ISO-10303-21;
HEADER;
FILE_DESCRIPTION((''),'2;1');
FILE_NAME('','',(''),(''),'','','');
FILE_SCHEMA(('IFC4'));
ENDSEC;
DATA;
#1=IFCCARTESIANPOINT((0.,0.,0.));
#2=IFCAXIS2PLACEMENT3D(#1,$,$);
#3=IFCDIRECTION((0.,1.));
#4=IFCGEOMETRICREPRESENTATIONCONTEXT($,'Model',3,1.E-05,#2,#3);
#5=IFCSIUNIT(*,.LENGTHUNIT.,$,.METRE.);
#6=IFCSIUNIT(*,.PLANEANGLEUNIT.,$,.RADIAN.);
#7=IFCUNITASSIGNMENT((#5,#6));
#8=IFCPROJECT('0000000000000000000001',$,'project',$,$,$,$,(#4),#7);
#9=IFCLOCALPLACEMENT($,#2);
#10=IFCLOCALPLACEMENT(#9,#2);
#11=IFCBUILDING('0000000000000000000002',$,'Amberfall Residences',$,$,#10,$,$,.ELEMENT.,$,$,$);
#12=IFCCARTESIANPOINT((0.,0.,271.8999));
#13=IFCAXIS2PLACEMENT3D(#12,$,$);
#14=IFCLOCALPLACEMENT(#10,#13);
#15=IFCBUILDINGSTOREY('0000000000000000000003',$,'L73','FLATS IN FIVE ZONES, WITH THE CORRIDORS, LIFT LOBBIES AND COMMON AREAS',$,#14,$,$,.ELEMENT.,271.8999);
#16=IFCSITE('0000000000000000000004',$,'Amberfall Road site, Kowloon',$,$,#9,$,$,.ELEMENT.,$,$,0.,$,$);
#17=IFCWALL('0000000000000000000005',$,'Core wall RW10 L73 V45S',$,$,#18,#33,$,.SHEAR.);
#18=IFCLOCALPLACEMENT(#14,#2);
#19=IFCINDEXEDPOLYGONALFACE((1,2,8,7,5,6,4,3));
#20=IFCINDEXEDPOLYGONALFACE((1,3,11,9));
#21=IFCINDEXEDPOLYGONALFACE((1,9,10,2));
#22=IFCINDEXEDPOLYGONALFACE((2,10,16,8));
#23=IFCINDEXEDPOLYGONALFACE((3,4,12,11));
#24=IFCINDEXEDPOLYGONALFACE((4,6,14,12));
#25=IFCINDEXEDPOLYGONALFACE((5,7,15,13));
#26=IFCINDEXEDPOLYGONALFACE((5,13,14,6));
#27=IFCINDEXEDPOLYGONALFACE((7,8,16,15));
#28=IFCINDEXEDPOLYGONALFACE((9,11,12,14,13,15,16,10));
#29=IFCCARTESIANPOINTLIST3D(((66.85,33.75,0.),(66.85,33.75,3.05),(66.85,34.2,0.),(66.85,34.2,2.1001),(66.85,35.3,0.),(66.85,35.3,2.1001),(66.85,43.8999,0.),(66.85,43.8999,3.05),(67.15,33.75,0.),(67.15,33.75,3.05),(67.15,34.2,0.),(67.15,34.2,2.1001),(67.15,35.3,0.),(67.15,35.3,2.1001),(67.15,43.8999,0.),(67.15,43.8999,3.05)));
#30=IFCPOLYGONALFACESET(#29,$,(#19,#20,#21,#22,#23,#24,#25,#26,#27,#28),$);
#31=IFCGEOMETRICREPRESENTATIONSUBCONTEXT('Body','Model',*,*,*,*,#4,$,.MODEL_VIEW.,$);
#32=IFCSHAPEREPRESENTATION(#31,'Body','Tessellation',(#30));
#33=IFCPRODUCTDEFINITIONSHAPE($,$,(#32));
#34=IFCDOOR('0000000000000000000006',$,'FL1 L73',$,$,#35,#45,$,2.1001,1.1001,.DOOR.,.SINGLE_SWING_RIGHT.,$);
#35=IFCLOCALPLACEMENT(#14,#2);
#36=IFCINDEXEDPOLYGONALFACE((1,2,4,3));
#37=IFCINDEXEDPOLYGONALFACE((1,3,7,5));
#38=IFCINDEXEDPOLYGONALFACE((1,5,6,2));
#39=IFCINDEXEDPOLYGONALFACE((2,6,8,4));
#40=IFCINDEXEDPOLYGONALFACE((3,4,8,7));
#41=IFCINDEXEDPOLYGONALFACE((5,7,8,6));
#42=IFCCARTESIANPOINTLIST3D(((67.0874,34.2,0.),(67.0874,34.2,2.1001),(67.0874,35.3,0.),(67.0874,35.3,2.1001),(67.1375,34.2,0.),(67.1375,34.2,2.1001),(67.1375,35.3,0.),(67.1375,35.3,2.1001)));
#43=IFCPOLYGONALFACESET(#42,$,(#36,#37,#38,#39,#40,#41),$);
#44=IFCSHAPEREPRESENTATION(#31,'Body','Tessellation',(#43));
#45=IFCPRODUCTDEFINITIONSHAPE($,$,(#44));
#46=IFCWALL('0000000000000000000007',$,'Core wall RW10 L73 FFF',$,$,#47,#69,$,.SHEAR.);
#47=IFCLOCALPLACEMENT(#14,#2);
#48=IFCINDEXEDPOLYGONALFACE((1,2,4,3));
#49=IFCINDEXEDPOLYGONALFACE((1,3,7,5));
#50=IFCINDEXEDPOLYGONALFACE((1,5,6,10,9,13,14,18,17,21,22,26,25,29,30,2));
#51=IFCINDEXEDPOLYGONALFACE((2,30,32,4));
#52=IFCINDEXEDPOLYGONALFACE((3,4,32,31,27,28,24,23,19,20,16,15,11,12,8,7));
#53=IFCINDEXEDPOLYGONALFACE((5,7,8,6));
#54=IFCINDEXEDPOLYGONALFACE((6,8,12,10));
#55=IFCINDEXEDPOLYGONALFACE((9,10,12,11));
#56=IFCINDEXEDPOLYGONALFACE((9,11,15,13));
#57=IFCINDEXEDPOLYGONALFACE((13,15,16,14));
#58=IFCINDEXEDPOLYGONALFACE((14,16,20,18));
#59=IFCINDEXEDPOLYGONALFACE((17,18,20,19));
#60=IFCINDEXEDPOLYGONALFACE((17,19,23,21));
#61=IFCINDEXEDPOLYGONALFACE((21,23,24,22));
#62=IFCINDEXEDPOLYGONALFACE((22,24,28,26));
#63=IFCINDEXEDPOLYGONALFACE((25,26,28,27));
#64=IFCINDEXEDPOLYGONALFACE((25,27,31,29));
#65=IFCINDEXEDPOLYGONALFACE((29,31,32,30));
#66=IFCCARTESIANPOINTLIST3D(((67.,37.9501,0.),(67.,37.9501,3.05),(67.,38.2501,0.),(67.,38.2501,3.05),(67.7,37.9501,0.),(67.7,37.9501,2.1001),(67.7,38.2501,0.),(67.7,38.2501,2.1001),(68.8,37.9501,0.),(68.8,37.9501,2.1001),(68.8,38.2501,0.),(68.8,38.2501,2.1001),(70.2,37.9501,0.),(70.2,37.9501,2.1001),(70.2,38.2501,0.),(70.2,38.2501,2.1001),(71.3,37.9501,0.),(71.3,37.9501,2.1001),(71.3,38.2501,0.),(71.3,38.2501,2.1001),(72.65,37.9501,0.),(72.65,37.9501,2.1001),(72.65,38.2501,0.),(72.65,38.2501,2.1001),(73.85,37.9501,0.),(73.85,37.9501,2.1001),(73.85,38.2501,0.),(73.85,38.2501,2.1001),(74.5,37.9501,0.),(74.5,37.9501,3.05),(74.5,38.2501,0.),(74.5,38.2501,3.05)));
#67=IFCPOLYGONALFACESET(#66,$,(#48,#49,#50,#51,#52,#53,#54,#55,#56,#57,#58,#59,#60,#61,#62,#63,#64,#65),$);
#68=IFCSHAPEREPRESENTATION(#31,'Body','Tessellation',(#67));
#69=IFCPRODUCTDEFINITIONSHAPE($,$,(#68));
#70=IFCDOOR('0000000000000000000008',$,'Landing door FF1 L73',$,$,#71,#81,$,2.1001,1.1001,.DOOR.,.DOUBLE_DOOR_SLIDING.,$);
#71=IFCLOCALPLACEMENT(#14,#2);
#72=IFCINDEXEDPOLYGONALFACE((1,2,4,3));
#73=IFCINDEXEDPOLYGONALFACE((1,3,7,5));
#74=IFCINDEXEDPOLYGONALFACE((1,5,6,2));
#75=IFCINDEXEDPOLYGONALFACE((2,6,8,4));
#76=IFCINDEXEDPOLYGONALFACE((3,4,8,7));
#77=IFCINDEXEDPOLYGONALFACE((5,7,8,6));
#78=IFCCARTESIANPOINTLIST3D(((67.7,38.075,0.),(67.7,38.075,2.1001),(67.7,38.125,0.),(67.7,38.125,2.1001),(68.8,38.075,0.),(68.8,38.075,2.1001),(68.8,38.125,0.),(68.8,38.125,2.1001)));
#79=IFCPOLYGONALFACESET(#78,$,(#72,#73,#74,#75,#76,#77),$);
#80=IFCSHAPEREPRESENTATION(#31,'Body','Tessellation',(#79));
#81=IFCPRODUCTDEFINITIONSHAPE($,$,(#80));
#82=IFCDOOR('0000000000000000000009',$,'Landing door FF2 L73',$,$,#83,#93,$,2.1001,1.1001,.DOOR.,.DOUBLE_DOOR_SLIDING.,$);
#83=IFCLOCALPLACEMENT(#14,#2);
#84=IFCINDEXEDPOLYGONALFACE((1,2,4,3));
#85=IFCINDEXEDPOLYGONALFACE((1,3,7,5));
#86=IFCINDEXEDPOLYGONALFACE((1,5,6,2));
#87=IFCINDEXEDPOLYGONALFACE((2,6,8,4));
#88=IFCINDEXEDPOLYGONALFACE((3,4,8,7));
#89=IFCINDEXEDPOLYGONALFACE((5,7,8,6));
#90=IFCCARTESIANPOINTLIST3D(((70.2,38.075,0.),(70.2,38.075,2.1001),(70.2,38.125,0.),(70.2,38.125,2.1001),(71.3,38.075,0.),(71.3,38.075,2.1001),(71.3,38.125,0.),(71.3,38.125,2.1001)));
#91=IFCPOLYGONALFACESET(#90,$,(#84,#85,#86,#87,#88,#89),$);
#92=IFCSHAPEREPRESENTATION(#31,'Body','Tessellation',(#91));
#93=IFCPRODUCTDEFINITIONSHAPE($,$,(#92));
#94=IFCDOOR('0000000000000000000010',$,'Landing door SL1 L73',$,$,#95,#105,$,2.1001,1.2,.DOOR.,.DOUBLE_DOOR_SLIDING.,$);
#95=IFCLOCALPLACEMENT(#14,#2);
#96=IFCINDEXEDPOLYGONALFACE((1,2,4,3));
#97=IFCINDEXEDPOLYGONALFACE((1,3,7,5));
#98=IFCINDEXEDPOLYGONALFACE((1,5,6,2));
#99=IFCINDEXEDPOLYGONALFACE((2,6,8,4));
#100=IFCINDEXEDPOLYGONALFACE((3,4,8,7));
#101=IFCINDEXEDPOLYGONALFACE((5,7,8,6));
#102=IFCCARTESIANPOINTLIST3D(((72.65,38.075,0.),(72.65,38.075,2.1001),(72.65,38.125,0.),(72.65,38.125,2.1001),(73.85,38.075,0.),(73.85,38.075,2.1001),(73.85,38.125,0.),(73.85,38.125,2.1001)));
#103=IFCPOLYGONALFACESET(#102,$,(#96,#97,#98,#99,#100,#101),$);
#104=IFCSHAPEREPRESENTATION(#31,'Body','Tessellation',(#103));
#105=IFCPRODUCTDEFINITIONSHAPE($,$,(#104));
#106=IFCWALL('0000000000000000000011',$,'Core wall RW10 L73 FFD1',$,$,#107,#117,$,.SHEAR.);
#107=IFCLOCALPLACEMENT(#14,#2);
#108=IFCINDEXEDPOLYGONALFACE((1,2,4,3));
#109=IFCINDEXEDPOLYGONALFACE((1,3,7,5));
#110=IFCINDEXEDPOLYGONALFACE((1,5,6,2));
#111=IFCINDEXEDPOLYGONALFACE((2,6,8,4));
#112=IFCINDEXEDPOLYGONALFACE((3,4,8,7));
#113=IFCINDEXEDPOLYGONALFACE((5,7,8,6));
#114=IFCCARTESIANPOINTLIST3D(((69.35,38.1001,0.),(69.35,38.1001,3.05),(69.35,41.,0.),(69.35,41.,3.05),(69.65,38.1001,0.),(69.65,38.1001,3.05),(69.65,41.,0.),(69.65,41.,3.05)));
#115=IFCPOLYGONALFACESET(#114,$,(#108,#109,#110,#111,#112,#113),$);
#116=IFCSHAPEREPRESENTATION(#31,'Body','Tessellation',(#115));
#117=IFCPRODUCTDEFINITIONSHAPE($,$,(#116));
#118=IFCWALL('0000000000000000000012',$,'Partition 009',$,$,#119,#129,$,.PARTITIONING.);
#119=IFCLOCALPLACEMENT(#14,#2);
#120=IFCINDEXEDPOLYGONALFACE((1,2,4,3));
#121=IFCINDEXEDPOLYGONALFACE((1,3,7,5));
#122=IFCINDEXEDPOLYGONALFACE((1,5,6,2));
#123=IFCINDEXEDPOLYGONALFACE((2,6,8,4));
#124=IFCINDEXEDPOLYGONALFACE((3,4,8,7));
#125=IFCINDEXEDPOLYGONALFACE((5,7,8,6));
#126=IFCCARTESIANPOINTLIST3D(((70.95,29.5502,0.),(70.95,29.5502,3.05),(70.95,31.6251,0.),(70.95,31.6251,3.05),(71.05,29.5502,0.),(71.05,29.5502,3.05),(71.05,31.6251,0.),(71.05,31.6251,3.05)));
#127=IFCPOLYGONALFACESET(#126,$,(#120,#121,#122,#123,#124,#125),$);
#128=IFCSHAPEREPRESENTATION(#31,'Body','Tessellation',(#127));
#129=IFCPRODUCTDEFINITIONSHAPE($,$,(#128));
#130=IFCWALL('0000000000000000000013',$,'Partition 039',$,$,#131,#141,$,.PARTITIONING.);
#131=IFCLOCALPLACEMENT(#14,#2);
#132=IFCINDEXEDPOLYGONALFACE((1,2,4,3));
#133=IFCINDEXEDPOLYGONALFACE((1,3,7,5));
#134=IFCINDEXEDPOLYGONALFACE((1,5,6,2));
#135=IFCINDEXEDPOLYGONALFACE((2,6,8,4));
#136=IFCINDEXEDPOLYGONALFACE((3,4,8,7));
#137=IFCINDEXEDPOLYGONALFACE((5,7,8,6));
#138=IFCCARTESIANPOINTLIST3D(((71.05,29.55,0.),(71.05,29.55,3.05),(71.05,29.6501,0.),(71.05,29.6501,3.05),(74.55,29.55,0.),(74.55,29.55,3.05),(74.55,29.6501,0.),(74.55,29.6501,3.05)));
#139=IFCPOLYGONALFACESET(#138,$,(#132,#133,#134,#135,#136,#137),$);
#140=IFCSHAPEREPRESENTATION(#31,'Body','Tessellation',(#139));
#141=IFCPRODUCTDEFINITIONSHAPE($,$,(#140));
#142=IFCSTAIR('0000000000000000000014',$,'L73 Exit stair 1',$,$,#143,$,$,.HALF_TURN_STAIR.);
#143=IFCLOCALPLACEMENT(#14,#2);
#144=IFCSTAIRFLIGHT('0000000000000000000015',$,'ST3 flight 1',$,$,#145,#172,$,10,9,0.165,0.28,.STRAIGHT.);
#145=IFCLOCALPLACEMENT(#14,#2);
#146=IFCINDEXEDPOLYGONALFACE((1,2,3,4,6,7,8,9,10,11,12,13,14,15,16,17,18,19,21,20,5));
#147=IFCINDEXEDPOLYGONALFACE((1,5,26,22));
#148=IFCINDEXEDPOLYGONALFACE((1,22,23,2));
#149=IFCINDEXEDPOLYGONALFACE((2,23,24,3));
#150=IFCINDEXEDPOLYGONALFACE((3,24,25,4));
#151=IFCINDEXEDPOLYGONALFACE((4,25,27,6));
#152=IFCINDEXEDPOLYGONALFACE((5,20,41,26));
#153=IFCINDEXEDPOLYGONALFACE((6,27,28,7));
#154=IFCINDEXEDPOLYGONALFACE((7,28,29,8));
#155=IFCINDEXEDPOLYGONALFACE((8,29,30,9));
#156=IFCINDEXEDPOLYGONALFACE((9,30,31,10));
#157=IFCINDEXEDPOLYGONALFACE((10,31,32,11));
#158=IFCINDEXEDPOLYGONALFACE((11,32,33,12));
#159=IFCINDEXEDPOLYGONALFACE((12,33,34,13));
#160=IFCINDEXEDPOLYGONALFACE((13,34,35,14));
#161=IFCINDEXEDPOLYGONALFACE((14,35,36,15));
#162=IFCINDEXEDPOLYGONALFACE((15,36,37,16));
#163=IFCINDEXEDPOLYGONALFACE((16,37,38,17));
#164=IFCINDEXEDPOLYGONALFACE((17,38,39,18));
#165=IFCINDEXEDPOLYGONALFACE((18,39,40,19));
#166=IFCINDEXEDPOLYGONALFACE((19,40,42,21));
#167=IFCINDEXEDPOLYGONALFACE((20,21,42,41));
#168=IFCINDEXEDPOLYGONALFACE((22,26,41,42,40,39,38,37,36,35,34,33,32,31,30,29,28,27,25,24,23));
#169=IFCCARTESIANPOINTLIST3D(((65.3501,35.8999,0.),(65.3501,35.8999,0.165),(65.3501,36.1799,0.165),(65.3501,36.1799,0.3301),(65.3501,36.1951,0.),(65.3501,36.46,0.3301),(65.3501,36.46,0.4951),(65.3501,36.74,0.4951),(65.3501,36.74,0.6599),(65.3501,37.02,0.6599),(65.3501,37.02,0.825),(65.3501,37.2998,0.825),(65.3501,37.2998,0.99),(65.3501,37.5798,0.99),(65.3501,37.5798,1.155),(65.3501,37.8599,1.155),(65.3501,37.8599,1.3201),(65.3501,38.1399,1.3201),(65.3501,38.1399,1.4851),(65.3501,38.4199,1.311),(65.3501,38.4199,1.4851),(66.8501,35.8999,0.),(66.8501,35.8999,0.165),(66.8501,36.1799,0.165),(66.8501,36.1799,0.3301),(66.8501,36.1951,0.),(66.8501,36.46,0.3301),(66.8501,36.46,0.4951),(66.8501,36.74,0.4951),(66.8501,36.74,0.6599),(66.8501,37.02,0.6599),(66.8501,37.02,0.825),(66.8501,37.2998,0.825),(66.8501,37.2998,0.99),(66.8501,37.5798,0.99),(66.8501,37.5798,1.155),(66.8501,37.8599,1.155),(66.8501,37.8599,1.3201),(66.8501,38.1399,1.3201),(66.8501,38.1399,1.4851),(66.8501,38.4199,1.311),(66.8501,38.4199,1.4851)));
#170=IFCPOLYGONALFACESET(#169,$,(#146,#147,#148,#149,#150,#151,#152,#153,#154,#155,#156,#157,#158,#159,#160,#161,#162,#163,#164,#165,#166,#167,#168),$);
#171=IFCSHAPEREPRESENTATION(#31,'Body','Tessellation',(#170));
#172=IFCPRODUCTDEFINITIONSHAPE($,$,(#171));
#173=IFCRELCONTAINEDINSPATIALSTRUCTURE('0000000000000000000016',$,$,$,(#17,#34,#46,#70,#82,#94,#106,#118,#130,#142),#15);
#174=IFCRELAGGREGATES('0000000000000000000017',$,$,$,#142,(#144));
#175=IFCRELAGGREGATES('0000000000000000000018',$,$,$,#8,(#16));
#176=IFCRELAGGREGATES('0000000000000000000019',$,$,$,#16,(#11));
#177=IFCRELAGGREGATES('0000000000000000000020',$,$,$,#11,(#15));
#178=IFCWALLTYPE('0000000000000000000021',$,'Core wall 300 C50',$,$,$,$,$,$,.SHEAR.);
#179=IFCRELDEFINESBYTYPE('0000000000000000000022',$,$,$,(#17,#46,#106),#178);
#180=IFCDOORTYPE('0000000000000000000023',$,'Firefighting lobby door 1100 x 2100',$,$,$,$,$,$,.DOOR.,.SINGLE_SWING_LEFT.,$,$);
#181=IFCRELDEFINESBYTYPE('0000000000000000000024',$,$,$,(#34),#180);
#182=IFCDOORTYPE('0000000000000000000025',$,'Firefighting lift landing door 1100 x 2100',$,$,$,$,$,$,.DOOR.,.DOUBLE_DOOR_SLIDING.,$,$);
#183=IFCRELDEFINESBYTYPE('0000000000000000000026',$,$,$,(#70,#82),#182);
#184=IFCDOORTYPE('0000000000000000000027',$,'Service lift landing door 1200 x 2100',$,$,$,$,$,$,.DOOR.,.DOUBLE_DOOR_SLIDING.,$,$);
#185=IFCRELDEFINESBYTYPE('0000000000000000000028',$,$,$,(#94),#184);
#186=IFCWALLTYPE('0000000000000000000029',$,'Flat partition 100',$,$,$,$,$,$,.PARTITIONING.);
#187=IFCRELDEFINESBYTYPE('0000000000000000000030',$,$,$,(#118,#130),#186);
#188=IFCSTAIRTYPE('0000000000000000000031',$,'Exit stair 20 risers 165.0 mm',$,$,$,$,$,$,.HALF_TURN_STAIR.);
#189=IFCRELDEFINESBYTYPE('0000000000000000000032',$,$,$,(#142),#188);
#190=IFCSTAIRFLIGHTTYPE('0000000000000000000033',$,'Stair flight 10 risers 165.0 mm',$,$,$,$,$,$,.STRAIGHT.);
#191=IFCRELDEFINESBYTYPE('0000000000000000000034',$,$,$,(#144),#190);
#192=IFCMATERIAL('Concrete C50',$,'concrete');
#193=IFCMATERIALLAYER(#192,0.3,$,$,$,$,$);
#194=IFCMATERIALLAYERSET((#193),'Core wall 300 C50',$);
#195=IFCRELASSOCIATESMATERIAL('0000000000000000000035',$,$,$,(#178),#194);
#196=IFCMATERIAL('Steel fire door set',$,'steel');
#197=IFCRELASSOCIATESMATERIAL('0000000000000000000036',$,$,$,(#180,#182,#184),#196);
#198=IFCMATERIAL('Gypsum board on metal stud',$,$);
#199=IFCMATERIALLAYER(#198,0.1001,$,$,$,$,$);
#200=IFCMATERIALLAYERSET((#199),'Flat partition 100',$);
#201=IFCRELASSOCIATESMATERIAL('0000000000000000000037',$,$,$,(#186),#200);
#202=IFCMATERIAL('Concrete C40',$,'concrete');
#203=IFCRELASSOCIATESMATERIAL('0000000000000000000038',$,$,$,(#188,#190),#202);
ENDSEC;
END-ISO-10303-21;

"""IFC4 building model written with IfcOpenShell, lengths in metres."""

from ifc_helpers import new_model, si_unit, direction, frame, frame_2d, origin, place, context, subcontext, project, spatial, polyline, rectangle, outline, extrude, material, layer, layer_set, type_object, element, fill, aggregate, save


model = new_model("IFC4")

# Units and contexts
model_context = context("Model", 3, precision=1e-05, world=origin(), true_north=direction((0.0, 1.0)))
body_context = subcontext(model_context, "Body", "Model", "MODEL_VIEW")
ifc_project = project(units=[si_unit("LENGTHUNIT", "METRE"), si_unit("PLANEANGLEUNIT", "RADIAN")], contexts=[model_context])

# Site, building, storey
site_placement = place(None, origin())
site = spatial("IfcSite", under=ifc_project, at=site_placement, Name="Amberfall Road site, Kowloon", CompositionType="ELEMENT", RefElevation=0.0)
building_placement = place(site_placement, origin())
building = spatial("IfcBuilding", under=site, at=building_placement, Name="Amberfall Residences", CompositionType="ELEMENT")
storey_placement = place(building_placement, frame((0.0, 0.0, 271.8999)))
storey = spatial("IfcBuildingStorey", under=building, at=storey_placement, Name="L73", Description="FLATS IN FIVE ZONES, WITH THE CORRIDORS, LIFT LOBBIES AND COMMON AREAS", CompositionType="ELEMENT", Elevation=271.8999)

# Wall, opening, door
ifc_material_1 = material(Name="Concrete C50", Category="concrete")
ifc_layer_1 = layer(ifc_material_1, 0.3)
ifc_layer_set_1 = layer_set([ifc_layer_1], Name="Core wall 300 C50")
wall_type_1 = type_object("IfcWallType", Name="Core wall 300 C50", PredefinedType="SHEAR", material=ifc_layer_set_1)
wall_1_placement = place(storey_placement, frame((67.0, 33.75, 0.0), z_axis=(0.0, 0.0, 1.0), x_axis=(0.0, 1.0, 0.0)))
wall_1 = element("IfcWall", 1, at=wall_1_placement, inside=storey, type_object=wall_type_1, Name="Core wall RW10 L73 V45S", PredefinedType="SHEAR", context=body_context, shape_type="SweptSolid", body=[
    extrude(rectangle(XDim=10.1499, YDim=0.3, at=frame_2d((5.075, 0.0))), origin(), (0.0, 0.0, 1.0), 3.05),
])
opening_1_placement = place(wall_1_placement, frame((0.45, 0.0, 0.0)))
opening_1 = element("IfcOpeningElement", 2, at=opening_1_placement, cuts=wall_1, PredefinedType="OPENING", context=body_context, shape_type="SweptSolid", body=[
    extrude(rectangle(XDim=1.1001, YDim=2.1001, at=frame_2d((0.55, 1.05))), frame((0.0, 0.1599, 0.0), z_axis=(0.0, -1.0, 0.0), x_axis=(1.0, 0.0, 0.0)), (0.0, 0.0, 1.0), 0.3201),
])
ifc_material_2 = material(Name="Steel fire door set", Category="steel")
door_type_1 = type_object("IfcDoorType", Name="Firefighting lobby door 1100 x 2100", OperationType="SINGLE_SWING_LEFT", PredefinedType="DOOR", material=ifc_material_2)
door_1_placement = place(opening_1_placement, origin())
door_1 = element("IfcDoor", 3, at=door_1_placement, inside=storey, type_object=door_type_1, Name="FL1 L73", OperationType="SINGLE_SWING_RIGHT", OverallHeight=2.1001, OverallWidth=1.1001, PredefinedType="DOOR", context=body_context, shape_type="SweptSolid", body=[
    extrude(rectangle(XDim=1.1001, YDim=2.1001, at=frame_2d((0.55, 1.05))), frame((0.0, -0.0874, 0.0), z_axis=(0.0, -1.0, 0.0), x_axis=(1.0, 0.0, 0.0)), (0.0, 0.0, 1.0), 0.05),
])
fill(opening_1, door_1)

# Wall, openings, doors
wall_2_placement = place(storey_placement, frame((67.0, 38.1001, 0.0), z_axis=(0.0, 0.0, 1.0), x_axis=(1.0, 0.0, 0.0)))
wall_2 = element("IfcWall", 4, at=wall_2_placement, inside=storey, type_object=wall_type_1, Name="Core wall RW10 L73 FFF", PredefinedType="SHEAR", context=body_context, shape_type="SweptSolid", body=[
    extrude(rectangle(XDim=7.5, YDim=0.3, at=frame_2d((3.75, 0.0))), origin(), (0.0, 0.0, 1.0), 3.05),
])
opening_2_placement = place(wall_2_placement, frame((0.7, 0.0, 0.0)))
opening_2 = element("IfcOpeningElement", 5, at=opening_2_placement, cuts=wall_2, PredefinedType="OPENING", context=body_context, shape_type="SweptSolid", body=[
    extrude(rectangle(XDim=1.1001, YDim=2.1001, at=frame_2d((0.55, 1.05))), frame((0.0, 0.1599, 0.0), z_axis=(0.0, -1.0, 0.0), x_axis=(1.0, 0.0, 0.0)), (0.0, 0.0, 1.0), 0.3201),
])
opening_3_placement = place(wall_2_placement, frame((3.2, 0.0, 0.0)))
opening_3 = element("IfcOpeningElement", 6, at=opening_3_placement, cuts=wall_2, PredefinedType="OPENING", context=body_context, shape_type="SweptSolid", body=[
    extrude(rectangle(XDim=1.1001, YDim=2.1001, at=frame_2d((0.55, 1.05))), frame((0.0, 0.1599, 0.0), z_axis=(0.0, -1.0, 0.0), x_axis=(1.0, 0.0, 0.0)), (0.0, 0.0, 1.0), 0.3201),
])
opening_4_placement = place(wall_2_placement, frame((5.6499, 0.0, 0.0)))
opening_4 = element("IfcOpeningElement", 7, at=opening_4_placement, cuts=wall_2, PredefinedType="OPENING", context=body_context, shape_type="SweptSolid", body=[
    extrude(rectangle(XDim=1.2, YDim=2.1001, at=frame_2d((0.6001, 1.05))), frame((0.0, 0.1599, 0.0), z_axis=(0.0, -1.0, 0.0), x_axis=(1.0, 0.0, 0.0)), (0.0, 0.0, 1.0), 0.3201),
])
door_type_2 = type_object("IfcDoorType", Name="Firefighting lift landing door 1100 x 2100", OperationType="DOUBLE_DOOR_SLIDING", PredefinedType="DOOR", material=ifc_material_2)
door_2_placement = place(opening_2_placement, origin())
door_2 = element("IfcDoor", 8, at=door_2_placement, inside=storey, type_object=door_type_2, Name="Landing door FF1 L73", OperationType="DOUBLE_DOOR_SLIDING", OverallHeight=2.1001, OverallWidth=1.1001, PredefinedType="DOOR", context=body_context, shape_type="SweptSolid", body=[
    extrude(rectangle(XDim=1.1001, YDim=2.1001, at=frame_2d((0.55, 1.05))), frame((0.0, 0.0249, 0.0), z_axis=(0.0, -1.0, 0.0), x_axis=(1.0, 0.0, 0.0)), (0.0, 0.0, 1.0), 0.05),
])
fill(opening_2, door_2)
door_3_placement = place(opening_3_placement, origin())
door_3 = element("IfcDoor", 9, at=door_3_placement, inside=storey, type_object=door_type_2, Name="Landing door FF2 L73", OperationType="DOUBLE_DOOR_SLIDING", OverallHeight=2.1001, OverallWidth=1.1001, PredefinedType="DOOR", context=body_context, shape_type="SweptSolid", body=[
    extrude(rectangle(XDim=1.1001, YDim=2.1001, at=frame_2d((0.55, 1.05))), frame((0.0, 0.0249, 0.0), z_axis=(0.0, -1.0, 0.0), x_axis=(1.0, 0.0, 0.0)), (0.0, 0.0, 1.0), 0.05),
])
fill(opening_3, door_3)
door_type_3 = type_object("IfcDoorType", Name="Service lift landing door 1200 x 2100", OperationType="DOUBLE_DOOR_SLIDING", PredefinedType="DOOR", material=ifc_material_2)
door_4_placement = place(opening_4_placement, origin())
door_4 = element("IfcDoor", 10, at=door_4_placement, inside=storey, type_object=door_type_3, Name="Landing door SL1 L73", OperationType="DOUBLE_DOOR_SLIDING", OverallHeight=2.1001, OverallWidth=1.2, PredefinedType="DOOR", context=body_context, shape_type="SweptSolid", body=[
    extrude(rectangle(XDim=1.2, YDim=2.1001, at=frame_2d((0.6001, 1.05))), frame((0.0, 0.0249, 0.0), z_axis=(0.0, -1.0, 0.0), x_axis=(1.0, 0.0, 0.0)), (0.0, 0.0, 1.0), 0.05),
])
fill(opening_4, door_4)

# Walls
wall_3_placement = place(storey_placement, frame((69.5, 38.1001, 0.0), z_axis=(0.0, 0.0, 1.0), x_axis=(0.0, 1.0, 0.0)))
element("IfcWall", 11, at=wall_3_placement, inside=storey, type_object=wall_type_1, Name="Core wall RW10 L73 FFD1", PredefinedType="SHEAR", context=body_context, shape_type="SweptSolid", body=[
    extrude(rectangle(XDim=2.8999, YDim=0.3, at=frame_2d((1.45, 0.0))), origin(), (0.0, 0.0, 1.0), 3.05),
])
ifc_material_3 = material(Name="Gypsum board on metal stud")
ifc_layer_2 = layer(ifc_material_3, 0.1001)
ifc_layer_set_2 = layer_set([ifc_layer_2], Name="Flat partition 100")
wall_type_2 = type_object("IfcWallType", Name="Flat partition 100", PredefinedType="PARTITIONING", material=ifc_layer_set_2)
wall_4_placement = place(storey_placement, frame((71.0, 29.55, 0.0), z_axis=(0.0, 0.0, 1.0), x_axis=(0.0, 1.0, 0.0)))
element("IfcWall", 12, at=wall_4_placement, inside=storey, type_object=wall_type_2, Name="Partition 009", PredefinedType="PARTITIONING", context=body_context, shape_type="SweptSolid", body=[
    extrude(rectangle(XDim=2.075, YDim=0.1001, at=frame_2d((1.0376, 0.0))), origin(), (0.0, 0.0, 1.0), 3.05),
])
wall_5_placement = place(storey_placement, frame((71.05, 29.6001, 0.0), z_axis=(0.0, 0.0, 1.0), x_axis=(1.0, 0.0, 0.0)))
element("IfcWall", 13, at=wall_5_placement, inside=storey, type_object=wall_type_2, Name="Partition 039", PredefinedType="PARTITIONING", context=body_context, shape_type="SweptSolid", body=[
    extrude(rectangle(XDim=3.5, YDim=0.1001, at=frame_2d((1.75, 0.0))), origin(), (0.0, 0.0, 1.0), 3.05),
])

# Stair, stair flight
ifc_material_4 = material(Name="Concrete C40", Category="concrete")
stair_type = type_object("IfcStairType", Name="Exit stair 20 risers 165.0 mm", PredefinedType="HALF_TURN_STAIR", material=ifc_material_4)
stair_placement = place(storey_placement, origin())
stair = element("IfcStair", 14, at=stair_placement, inside=storey, type_object=stair_type, Name="L73 Exit stair 1", PredefinedType="HALF_TURN_STAIR")
stair_flight_type = type_object("IfcStairFlightType", Name="Stair flight 10 risers 165.0 mm", PredefinedType="STRAIGHT", material=ifc_material_4)
stair_flight_placement = place(storey_placement, frame((66.1001, 35.8999, 0.0), z_axis=(0.0, 0.0, 1.0), x_axis=(0.0, 1.0, 0.0)))
stair_flight = element("IfcStairFlight", 15, at=stair_flight_placement, type_object=stair_flight_type, Name="ST3 flight 1", NumberOfRisers=10, NumberOfTreads=9, PredefinedType="STRAIGHT", RiserHeight=0.165, TreadLength=0.28, context=body_context, shape_type="SweptSolid", body=[
    extrude(outline(polyline([(0.0, 0.0), (0.0, 0.165), (0.28, 0.165), (0.28, 0.3301), (0.5601, 0.3301), (0.5601, 0.4951), (0.8401, 0.4951), (0.8401, 0.6599), (1.1201, 0.6599), (1.1201, 0.825), (1.3999, 0.825), (1.3999, 0.99), (1.6799, 0.99), (1.6799, 1.155), (1.96, 1.155), (1.96, 1.3201), (2.24, 1.3201), (2.24, 1.4851), (2.52, 1.4851), (2.52, 1.6499), (2.52, 1.311), (0.2952, 0.0), (0.0, 0.0)])), frame((0.0, 0.75, 0.0), z_axis=(0.0, -1.0, 0.0), x_axis=(1.0, 0.0, 0.0)), (0.0, 0.0, 1.0), 1.5),
])
aggregate(stair, [stair_flight])

save(model, "model.ifc")
